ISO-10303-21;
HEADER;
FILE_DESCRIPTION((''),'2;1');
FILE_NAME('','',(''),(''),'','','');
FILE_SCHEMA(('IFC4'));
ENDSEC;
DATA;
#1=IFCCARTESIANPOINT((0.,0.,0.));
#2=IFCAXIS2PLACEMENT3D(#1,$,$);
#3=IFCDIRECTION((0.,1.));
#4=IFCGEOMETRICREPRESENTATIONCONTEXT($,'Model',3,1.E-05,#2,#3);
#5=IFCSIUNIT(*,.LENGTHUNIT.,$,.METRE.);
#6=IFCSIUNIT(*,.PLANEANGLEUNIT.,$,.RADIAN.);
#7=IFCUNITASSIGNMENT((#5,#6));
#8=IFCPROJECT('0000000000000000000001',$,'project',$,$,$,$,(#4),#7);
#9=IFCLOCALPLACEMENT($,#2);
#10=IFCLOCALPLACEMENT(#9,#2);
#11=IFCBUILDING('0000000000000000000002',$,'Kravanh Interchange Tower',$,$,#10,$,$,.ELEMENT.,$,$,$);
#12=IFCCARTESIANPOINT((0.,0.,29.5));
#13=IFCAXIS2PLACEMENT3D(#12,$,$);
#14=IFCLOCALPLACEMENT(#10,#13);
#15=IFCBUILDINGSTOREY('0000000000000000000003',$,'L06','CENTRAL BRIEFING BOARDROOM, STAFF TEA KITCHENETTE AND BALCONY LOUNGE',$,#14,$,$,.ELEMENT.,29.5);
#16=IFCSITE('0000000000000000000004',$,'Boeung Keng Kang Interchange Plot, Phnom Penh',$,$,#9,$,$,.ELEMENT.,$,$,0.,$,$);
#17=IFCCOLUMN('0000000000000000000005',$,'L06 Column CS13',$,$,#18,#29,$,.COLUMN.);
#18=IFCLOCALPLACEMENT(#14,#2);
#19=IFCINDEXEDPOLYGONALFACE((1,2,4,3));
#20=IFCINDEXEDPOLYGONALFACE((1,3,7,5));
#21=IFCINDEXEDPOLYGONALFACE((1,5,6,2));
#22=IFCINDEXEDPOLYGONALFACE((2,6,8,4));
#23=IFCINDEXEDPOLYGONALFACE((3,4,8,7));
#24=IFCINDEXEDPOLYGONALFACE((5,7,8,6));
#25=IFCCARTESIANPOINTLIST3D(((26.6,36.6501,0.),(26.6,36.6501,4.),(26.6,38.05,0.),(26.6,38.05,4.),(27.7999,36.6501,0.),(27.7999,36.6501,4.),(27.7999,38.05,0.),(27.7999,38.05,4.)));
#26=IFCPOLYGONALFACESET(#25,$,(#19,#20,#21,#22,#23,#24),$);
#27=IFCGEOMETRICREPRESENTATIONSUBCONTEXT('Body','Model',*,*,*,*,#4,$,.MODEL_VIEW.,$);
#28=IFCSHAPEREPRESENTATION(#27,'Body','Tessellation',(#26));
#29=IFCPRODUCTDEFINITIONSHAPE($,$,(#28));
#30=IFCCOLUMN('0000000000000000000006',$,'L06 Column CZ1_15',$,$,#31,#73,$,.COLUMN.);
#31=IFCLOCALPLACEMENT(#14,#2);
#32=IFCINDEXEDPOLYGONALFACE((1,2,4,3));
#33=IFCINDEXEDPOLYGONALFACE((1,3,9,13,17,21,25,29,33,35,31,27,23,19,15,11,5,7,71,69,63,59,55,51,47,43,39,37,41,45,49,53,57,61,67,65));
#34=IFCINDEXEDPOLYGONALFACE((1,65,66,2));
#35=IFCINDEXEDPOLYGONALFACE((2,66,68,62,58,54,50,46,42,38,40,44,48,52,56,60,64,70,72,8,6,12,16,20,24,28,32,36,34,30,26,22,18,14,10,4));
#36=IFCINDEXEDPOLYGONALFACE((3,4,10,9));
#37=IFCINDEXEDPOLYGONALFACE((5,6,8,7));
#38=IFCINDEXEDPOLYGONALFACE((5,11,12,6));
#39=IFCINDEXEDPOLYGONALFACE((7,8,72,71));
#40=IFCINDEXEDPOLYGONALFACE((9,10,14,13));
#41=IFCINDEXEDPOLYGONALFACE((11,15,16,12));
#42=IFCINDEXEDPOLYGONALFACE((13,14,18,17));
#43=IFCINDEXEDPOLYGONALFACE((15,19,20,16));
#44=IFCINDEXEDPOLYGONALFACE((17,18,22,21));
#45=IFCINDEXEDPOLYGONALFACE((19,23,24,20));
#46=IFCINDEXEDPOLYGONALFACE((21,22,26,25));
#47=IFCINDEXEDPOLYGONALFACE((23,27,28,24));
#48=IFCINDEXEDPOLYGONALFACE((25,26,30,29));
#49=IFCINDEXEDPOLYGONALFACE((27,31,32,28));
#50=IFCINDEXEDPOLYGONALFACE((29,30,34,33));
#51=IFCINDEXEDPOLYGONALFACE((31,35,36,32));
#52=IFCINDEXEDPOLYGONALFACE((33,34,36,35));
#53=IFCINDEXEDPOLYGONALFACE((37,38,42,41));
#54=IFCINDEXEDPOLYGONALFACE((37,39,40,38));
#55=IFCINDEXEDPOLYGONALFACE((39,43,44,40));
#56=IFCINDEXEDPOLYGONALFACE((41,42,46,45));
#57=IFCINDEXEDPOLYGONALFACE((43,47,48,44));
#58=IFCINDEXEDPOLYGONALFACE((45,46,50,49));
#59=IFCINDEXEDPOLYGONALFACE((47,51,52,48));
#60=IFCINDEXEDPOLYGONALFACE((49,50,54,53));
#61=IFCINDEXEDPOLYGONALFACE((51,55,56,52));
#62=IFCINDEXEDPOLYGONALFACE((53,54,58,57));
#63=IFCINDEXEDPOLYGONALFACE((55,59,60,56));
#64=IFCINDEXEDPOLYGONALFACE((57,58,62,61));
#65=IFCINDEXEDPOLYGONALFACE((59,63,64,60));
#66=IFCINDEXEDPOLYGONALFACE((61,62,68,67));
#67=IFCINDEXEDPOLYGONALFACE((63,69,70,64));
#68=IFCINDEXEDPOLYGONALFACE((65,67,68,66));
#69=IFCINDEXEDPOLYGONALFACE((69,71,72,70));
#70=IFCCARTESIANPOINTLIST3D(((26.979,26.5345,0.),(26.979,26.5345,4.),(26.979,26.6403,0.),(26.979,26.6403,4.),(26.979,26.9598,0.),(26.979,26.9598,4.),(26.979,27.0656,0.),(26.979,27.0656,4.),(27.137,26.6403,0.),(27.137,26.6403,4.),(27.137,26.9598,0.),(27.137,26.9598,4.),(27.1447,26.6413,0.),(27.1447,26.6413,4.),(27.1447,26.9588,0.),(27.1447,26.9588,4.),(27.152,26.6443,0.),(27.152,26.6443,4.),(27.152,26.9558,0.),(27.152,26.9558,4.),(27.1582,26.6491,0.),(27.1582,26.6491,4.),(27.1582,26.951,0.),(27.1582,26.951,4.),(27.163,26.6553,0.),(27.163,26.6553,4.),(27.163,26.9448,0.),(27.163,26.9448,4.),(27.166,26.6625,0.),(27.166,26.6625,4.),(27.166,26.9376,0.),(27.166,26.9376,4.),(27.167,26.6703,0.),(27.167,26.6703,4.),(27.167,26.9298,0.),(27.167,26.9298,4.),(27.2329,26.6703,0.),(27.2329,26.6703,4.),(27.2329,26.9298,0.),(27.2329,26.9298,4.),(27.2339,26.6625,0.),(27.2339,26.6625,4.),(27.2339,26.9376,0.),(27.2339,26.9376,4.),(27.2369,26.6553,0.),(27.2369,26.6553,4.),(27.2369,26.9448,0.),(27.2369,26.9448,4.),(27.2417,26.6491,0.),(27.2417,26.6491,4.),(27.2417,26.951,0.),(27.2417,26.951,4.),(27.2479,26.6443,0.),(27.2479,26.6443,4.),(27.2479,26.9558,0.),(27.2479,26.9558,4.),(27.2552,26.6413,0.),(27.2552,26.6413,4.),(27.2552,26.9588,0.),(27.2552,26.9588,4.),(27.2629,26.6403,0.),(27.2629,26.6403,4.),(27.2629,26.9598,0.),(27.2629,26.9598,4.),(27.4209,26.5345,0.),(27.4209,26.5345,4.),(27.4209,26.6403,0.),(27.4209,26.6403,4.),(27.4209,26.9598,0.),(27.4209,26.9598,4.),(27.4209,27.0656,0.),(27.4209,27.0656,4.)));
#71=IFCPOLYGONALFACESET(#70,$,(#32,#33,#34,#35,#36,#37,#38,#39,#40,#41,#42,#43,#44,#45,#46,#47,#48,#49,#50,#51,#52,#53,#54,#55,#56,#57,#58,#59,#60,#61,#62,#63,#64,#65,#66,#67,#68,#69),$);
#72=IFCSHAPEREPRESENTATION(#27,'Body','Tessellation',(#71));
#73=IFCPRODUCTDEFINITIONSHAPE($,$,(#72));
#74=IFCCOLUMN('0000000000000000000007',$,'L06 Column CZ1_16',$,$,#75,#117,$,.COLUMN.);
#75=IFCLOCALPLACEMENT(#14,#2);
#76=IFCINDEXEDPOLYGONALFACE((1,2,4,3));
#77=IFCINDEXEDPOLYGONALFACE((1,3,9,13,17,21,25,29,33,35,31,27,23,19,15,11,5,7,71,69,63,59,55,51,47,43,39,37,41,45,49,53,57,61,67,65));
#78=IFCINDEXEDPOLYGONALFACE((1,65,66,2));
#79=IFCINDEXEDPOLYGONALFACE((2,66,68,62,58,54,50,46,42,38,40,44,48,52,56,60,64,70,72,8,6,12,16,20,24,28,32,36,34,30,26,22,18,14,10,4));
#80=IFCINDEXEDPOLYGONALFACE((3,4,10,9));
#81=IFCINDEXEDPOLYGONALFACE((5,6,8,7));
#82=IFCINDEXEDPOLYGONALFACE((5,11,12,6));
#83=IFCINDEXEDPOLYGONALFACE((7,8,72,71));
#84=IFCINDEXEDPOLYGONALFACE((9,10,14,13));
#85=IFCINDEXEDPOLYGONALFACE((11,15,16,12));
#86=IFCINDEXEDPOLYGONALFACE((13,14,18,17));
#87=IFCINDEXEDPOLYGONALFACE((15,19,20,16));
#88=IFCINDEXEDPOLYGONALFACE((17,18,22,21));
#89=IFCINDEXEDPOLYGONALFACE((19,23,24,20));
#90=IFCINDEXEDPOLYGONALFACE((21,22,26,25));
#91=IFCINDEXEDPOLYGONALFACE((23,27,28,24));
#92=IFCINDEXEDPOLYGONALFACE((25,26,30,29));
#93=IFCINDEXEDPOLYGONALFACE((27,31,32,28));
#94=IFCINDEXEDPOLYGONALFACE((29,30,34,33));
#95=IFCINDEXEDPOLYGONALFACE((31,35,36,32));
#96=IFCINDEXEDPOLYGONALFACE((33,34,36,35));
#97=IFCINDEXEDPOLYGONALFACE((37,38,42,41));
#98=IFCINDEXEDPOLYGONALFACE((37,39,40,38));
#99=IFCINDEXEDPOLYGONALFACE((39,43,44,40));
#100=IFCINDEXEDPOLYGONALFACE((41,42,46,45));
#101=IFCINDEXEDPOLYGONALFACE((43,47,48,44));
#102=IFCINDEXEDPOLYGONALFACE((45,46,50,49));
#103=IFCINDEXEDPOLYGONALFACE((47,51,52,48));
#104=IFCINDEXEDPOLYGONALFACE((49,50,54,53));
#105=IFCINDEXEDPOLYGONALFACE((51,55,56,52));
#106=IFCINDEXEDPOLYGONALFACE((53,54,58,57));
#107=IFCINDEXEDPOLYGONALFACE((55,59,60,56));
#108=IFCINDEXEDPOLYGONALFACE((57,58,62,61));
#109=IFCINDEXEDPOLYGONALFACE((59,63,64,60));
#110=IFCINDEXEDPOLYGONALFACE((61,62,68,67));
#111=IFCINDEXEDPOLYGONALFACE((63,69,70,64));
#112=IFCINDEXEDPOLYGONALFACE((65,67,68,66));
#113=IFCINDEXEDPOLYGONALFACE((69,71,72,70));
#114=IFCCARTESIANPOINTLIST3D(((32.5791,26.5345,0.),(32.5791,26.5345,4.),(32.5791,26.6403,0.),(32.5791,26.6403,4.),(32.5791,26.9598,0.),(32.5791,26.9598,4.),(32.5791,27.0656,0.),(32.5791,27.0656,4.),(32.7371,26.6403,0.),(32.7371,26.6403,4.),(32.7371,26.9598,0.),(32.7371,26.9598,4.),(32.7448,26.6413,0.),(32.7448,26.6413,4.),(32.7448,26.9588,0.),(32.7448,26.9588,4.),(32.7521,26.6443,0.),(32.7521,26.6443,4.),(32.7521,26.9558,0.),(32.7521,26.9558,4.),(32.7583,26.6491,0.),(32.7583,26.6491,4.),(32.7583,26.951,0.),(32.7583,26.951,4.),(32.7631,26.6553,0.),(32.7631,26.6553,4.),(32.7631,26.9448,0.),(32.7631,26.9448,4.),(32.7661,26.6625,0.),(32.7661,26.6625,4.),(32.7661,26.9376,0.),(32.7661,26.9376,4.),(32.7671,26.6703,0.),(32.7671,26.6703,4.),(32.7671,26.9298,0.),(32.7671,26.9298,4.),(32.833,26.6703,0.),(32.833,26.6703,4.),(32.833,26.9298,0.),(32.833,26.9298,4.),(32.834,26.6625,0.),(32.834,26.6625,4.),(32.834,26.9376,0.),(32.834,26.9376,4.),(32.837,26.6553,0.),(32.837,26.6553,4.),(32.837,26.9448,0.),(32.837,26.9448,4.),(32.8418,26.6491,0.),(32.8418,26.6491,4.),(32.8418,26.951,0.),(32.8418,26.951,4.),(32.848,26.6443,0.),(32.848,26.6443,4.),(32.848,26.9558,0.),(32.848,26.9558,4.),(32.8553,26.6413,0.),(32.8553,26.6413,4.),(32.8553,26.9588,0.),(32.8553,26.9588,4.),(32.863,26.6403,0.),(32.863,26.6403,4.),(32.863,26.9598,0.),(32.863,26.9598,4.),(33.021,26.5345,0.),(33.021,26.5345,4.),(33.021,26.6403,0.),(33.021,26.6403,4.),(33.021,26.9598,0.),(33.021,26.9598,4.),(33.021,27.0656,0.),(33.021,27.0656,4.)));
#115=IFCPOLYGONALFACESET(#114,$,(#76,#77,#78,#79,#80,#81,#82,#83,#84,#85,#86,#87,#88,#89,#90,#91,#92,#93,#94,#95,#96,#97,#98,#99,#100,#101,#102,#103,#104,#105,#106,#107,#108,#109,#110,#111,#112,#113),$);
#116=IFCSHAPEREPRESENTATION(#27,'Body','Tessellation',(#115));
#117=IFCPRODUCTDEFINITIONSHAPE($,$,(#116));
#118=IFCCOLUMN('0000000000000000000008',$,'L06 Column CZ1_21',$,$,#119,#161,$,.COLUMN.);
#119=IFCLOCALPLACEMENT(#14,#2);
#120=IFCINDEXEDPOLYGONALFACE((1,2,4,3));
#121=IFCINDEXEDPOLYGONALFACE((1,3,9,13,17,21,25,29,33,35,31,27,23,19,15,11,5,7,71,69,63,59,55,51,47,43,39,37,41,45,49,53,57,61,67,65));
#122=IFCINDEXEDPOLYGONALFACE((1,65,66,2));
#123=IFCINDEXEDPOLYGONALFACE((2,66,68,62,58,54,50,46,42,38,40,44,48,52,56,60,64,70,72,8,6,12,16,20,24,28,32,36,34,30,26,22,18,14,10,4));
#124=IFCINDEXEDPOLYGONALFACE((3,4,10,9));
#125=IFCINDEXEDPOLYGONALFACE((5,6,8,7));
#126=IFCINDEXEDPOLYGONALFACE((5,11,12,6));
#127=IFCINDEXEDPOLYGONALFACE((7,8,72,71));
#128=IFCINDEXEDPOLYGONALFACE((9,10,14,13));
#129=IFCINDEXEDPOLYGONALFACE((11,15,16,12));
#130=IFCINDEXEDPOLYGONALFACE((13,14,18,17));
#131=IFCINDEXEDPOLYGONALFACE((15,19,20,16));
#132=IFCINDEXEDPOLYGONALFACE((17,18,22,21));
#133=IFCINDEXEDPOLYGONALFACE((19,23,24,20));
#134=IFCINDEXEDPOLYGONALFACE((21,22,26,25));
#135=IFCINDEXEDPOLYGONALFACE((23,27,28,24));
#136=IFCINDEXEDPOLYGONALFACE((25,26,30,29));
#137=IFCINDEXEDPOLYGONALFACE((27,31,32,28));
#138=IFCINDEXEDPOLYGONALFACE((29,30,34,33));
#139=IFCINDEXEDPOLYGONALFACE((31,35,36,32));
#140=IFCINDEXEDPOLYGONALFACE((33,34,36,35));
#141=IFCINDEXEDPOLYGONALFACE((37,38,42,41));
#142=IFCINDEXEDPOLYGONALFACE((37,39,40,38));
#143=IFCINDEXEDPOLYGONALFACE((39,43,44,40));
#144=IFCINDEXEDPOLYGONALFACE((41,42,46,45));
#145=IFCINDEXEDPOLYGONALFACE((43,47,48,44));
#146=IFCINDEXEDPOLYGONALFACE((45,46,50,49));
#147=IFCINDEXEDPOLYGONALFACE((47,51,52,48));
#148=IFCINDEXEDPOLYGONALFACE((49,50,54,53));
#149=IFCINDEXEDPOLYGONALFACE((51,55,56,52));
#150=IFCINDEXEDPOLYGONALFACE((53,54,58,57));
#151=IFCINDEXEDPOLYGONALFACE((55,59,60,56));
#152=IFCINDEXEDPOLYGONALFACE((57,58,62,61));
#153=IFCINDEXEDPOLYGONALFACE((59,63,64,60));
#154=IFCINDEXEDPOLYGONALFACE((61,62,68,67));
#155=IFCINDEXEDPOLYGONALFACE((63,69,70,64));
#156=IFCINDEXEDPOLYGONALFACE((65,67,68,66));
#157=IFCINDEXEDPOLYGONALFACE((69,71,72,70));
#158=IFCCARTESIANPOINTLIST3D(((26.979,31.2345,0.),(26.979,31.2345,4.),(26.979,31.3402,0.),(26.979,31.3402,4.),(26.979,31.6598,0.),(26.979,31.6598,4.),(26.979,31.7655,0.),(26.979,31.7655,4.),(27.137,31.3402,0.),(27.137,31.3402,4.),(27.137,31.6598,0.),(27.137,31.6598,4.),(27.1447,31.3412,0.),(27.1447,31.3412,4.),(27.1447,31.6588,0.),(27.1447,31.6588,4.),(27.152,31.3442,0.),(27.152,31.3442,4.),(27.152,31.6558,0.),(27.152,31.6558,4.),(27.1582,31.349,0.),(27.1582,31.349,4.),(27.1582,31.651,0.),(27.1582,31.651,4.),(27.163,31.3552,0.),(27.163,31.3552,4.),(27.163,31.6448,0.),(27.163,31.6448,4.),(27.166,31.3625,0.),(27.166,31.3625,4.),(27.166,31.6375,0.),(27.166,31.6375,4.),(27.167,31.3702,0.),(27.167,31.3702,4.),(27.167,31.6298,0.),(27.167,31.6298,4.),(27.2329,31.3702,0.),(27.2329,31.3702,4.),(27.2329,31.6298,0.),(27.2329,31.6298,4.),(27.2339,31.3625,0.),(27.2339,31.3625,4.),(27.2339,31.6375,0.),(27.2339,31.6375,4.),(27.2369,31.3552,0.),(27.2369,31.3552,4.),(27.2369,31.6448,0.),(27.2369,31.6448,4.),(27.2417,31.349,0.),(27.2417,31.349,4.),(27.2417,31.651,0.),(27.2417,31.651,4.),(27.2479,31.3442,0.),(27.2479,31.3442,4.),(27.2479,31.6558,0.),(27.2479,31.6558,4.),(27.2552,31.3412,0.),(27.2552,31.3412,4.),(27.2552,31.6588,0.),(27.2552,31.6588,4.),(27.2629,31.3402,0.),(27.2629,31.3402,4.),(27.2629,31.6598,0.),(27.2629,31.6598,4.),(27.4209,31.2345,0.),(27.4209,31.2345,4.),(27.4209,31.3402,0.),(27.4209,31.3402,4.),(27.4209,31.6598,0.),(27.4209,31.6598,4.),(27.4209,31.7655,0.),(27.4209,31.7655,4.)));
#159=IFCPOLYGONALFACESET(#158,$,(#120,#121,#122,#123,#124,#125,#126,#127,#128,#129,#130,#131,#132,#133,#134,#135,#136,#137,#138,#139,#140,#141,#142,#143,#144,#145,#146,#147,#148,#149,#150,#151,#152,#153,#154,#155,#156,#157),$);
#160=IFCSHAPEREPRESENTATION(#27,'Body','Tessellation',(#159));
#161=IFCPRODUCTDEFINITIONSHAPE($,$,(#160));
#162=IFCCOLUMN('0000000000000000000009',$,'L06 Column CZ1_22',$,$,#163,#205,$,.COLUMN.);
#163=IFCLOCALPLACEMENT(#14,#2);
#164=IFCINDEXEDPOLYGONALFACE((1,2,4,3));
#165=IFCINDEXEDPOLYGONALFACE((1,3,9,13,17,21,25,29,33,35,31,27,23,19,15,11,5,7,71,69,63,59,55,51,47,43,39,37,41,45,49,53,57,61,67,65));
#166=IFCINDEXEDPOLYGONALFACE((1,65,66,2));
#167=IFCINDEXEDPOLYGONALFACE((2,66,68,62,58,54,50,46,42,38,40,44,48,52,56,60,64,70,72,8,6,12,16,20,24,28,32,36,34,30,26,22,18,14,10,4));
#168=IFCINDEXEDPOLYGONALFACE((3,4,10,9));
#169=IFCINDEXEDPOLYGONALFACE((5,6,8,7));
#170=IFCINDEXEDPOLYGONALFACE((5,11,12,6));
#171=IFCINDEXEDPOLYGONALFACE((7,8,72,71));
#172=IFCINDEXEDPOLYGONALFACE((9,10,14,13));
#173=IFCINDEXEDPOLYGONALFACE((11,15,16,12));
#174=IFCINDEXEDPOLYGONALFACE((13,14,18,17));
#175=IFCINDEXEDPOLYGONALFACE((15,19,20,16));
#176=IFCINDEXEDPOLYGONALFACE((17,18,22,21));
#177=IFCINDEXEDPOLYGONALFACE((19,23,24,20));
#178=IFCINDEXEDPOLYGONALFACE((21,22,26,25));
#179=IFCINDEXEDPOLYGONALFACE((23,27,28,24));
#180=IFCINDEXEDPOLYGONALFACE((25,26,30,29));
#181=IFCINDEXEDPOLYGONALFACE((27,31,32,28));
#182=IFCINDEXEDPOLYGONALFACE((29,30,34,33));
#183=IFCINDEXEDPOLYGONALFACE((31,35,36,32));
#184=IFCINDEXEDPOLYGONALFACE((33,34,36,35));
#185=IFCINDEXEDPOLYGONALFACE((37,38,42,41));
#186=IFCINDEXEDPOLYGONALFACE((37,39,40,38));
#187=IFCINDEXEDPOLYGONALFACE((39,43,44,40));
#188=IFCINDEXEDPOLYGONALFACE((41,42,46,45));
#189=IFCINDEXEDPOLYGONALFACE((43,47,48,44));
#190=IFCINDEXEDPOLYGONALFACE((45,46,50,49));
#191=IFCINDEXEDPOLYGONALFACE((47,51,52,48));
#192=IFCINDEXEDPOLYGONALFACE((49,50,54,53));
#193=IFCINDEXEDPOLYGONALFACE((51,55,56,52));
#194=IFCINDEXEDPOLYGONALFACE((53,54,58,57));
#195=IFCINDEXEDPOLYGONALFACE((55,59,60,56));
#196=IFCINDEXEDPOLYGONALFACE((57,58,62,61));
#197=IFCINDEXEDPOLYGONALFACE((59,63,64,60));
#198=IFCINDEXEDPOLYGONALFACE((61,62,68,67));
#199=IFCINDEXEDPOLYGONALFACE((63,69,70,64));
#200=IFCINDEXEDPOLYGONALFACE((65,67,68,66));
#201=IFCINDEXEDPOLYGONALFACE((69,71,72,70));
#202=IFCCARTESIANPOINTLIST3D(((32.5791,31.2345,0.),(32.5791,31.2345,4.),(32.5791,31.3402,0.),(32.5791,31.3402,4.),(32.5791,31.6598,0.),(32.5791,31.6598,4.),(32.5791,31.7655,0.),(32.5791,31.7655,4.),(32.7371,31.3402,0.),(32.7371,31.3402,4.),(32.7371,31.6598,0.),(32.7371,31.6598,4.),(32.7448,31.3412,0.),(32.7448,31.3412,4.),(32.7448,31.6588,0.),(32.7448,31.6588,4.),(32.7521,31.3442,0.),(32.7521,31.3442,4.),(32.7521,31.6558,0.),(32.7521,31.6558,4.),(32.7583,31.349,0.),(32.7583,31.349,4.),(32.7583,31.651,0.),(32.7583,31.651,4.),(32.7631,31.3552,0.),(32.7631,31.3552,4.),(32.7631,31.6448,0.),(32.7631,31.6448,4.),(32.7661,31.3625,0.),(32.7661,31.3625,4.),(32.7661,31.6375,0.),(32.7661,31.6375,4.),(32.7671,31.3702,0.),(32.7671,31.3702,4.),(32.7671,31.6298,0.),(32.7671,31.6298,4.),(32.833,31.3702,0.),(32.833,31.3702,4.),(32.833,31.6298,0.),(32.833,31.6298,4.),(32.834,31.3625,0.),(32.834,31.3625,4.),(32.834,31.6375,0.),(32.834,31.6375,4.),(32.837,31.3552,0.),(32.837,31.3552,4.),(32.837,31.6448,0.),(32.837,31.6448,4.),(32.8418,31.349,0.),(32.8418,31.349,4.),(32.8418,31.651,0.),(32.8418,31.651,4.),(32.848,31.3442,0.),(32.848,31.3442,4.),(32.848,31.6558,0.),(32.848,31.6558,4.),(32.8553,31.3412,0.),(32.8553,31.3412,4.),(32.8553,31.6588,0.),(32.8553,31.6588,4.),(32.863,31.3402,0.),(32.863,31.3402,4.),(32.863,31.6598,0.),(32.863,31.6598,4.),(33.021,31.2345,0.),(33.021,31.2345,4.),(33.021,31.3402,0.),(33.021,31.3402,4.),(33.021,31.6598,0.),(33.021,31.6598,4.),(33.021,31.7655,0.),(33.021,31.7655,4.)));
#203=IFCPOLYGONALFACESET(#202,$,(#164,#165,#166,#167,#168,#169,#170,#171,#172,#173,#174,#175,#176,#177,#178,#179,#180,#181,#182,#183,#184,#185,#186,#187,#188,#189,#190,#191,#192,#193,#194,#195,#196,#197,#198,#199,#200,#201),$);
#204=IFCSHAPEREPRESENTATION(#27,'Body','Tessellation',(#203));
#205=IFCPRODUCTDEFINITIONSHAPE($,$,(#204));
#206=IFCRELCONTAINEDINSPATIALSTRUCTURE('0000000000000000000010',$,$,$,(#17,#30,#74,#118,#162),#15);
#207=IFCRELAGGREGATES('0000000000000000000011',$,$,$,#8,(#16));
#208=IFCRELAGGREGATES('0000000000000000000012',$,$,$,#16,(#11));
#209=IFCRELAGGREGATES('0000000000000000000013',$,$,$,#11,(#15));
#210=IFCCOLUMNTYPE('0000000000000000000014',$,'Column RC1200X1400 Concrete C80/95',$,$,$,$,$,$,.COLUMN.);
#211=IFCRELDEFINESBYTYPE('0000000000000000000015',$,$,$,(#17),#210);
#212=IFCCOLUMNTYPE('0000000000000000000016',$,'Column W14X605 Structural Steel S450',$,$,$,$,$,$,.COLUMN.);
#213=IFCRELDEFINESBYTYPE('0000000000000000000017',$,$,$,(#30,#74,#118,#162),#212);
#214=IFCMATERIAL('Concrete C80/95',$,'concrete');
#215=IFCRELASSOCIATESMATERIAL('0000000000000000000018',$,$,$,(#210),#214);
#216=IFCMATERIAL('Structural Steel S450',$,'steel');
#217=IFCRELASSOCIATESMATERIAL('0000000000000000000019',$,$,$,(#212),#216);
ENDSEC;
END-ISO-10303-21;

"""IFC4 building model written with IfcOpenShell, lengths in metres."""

from ifc_helpers import new_model, si_unit, direction, frame, origin, origin_2d, place, context, subcontext, project, spatial, rectangle, i_section, extrude, material, material_profile, profile_set, type_object, element, save


model = new_model("IFC4")

# Units and contexts
model_context = context("Model", 3, precision=1e-05, world=origin(), true_north=direction((0.0, 1.0)))
body_context = subcontext(model_context, "Body", "Model", "MODEL_VIEW")
ifc_project = project(units=[si_unit("LENGTHUNIT", "METRE"), si_unit("PLANEANGLEUNIT", "RADIAN")], contexts=[model_context])

# Site, building, storey
site_placement = place(None, origin())
site = spatial("IfcSite", under=ifc_project, at=site_placement, Name="Boeung Keng Kang Interchange Plot, Phnom Penh", CompositionType="ELEMENT", RefElevation=0.0)
building_placement = place(site_placement, origin())
building = spatial("IfcBuilding", under=site, at=building_placement, Name="Kravanh Interchange Tower", CompositionType="ELEMENT")
storey_placement = place(building_placement, frame((0.0, 0.0, 29.5)))
storey = spatial("IfcBuildingStorey", under=building, at=storey_placement, Name="L06", Description="CENTRAL BRIEFING BOARDROOM, STAFF TEA KITCHENETTE AND BALCONY LOUNGE", CompositionType="ELEMENT", Elevation=29.5)

# Columns
ifc_material_1 = material(Name="Concrete C80/95", Category="concrete")
ifc_material_profile_1 = material_profile(ifc_material_1, rectangle(XDim=1.2, YDim=1.3999, at=origin_2d()), Name="RC1200X1400")
ifc_profile_set_1 = profile_set([ifc_material_profile_1], Name="Concrete C80/95")
column_type_1 = type_object("IfcColumnType", Name="Column RC1200X1400 Concrete C80/95", PredefinedType="COLUMN", material=ifc_profile_set_1)
column_placement = place(storey_placement, frame((27.2, 37.3501, 0.0), z_axis=(0.0, 0.0, 1.0), x_axis=(1.0, 0.0, 0.0)))
element("IfcColumn", 1, at=column_placement, inside=storey, type_object=column_type_1, Name="L06 Column CS13", PredefinedType="COLUMN", context=body_context, shape_type="SweptSolid", body=[
    extrude(rectangle(XDim=1.2, YDim=1.3999, at=origin_2d()), origin(), (0.0, 0.0, 1.0), 4.0),
])
ifc_material_2 = material(Name="Structural Steel S450", Category="steel")
ifc_material_profile_2 = material_profile(ifc_material_2, i_section(OverallWidth=0.4419, OverallDepth=0.531, WebThickness=0.0659, FlangeThickness=0.1057, FilletRadius=0.03, at=origin_2d()), Name="W14X605")
ifc_profile_set_2 = profile_set([ifc_material_profile_2], Name="Structural Steel S450")
column_type_2 = type_object("IfcColumnType", Name="Column W14X605 Structural Steel S450", PredefinedType="COLUMN", material=ifc_profile_set_2)
for number, where, z_axis, x_axis, name in (
    (2, (27.2, 26.8, 0.0), (0.0, 0.0, 1.0), (1.0, 0.0, 0.0), "L06 Column CZ1_15"),
    (3, (32.8, 26.8, 0.0), (0.0, 0.0, 1.0), (1.0, 0.0, 0.0), "L06 Column CZ1_16"),
    (4, (27.2, 31.5, 0.0), (0.0, 0.0, 1.0), (1.0, 0.0, 0.0), "L06 Column CZ1_21"),
    (5, (32.8, 31.5, 0.0), (0.0, 0.0, 1.0), (1.0, 0.0, 0.0), "L06 Column CZ1_22"),
):
    element("IfcColumn", number, at=place(storey_placement, frame(where, z_axis=z_axis, x_axis=x_axis)), inside=storey, type_object=column_type_2, Name=name, PredefinedType="COLUMN", context=body_context, shape_type="SweptSolid", body=[
        extrude(i_section(OverallWidth=0.4419, OverallDepth=0.531, WebThickness=0.0659, FlangeThickness=0.1057, FilletRadius=0.03, at=origin_2d()), origin(), (0.0, 0.0, 1.0), 4.0),
    ])

save(model, "model.ifc")
